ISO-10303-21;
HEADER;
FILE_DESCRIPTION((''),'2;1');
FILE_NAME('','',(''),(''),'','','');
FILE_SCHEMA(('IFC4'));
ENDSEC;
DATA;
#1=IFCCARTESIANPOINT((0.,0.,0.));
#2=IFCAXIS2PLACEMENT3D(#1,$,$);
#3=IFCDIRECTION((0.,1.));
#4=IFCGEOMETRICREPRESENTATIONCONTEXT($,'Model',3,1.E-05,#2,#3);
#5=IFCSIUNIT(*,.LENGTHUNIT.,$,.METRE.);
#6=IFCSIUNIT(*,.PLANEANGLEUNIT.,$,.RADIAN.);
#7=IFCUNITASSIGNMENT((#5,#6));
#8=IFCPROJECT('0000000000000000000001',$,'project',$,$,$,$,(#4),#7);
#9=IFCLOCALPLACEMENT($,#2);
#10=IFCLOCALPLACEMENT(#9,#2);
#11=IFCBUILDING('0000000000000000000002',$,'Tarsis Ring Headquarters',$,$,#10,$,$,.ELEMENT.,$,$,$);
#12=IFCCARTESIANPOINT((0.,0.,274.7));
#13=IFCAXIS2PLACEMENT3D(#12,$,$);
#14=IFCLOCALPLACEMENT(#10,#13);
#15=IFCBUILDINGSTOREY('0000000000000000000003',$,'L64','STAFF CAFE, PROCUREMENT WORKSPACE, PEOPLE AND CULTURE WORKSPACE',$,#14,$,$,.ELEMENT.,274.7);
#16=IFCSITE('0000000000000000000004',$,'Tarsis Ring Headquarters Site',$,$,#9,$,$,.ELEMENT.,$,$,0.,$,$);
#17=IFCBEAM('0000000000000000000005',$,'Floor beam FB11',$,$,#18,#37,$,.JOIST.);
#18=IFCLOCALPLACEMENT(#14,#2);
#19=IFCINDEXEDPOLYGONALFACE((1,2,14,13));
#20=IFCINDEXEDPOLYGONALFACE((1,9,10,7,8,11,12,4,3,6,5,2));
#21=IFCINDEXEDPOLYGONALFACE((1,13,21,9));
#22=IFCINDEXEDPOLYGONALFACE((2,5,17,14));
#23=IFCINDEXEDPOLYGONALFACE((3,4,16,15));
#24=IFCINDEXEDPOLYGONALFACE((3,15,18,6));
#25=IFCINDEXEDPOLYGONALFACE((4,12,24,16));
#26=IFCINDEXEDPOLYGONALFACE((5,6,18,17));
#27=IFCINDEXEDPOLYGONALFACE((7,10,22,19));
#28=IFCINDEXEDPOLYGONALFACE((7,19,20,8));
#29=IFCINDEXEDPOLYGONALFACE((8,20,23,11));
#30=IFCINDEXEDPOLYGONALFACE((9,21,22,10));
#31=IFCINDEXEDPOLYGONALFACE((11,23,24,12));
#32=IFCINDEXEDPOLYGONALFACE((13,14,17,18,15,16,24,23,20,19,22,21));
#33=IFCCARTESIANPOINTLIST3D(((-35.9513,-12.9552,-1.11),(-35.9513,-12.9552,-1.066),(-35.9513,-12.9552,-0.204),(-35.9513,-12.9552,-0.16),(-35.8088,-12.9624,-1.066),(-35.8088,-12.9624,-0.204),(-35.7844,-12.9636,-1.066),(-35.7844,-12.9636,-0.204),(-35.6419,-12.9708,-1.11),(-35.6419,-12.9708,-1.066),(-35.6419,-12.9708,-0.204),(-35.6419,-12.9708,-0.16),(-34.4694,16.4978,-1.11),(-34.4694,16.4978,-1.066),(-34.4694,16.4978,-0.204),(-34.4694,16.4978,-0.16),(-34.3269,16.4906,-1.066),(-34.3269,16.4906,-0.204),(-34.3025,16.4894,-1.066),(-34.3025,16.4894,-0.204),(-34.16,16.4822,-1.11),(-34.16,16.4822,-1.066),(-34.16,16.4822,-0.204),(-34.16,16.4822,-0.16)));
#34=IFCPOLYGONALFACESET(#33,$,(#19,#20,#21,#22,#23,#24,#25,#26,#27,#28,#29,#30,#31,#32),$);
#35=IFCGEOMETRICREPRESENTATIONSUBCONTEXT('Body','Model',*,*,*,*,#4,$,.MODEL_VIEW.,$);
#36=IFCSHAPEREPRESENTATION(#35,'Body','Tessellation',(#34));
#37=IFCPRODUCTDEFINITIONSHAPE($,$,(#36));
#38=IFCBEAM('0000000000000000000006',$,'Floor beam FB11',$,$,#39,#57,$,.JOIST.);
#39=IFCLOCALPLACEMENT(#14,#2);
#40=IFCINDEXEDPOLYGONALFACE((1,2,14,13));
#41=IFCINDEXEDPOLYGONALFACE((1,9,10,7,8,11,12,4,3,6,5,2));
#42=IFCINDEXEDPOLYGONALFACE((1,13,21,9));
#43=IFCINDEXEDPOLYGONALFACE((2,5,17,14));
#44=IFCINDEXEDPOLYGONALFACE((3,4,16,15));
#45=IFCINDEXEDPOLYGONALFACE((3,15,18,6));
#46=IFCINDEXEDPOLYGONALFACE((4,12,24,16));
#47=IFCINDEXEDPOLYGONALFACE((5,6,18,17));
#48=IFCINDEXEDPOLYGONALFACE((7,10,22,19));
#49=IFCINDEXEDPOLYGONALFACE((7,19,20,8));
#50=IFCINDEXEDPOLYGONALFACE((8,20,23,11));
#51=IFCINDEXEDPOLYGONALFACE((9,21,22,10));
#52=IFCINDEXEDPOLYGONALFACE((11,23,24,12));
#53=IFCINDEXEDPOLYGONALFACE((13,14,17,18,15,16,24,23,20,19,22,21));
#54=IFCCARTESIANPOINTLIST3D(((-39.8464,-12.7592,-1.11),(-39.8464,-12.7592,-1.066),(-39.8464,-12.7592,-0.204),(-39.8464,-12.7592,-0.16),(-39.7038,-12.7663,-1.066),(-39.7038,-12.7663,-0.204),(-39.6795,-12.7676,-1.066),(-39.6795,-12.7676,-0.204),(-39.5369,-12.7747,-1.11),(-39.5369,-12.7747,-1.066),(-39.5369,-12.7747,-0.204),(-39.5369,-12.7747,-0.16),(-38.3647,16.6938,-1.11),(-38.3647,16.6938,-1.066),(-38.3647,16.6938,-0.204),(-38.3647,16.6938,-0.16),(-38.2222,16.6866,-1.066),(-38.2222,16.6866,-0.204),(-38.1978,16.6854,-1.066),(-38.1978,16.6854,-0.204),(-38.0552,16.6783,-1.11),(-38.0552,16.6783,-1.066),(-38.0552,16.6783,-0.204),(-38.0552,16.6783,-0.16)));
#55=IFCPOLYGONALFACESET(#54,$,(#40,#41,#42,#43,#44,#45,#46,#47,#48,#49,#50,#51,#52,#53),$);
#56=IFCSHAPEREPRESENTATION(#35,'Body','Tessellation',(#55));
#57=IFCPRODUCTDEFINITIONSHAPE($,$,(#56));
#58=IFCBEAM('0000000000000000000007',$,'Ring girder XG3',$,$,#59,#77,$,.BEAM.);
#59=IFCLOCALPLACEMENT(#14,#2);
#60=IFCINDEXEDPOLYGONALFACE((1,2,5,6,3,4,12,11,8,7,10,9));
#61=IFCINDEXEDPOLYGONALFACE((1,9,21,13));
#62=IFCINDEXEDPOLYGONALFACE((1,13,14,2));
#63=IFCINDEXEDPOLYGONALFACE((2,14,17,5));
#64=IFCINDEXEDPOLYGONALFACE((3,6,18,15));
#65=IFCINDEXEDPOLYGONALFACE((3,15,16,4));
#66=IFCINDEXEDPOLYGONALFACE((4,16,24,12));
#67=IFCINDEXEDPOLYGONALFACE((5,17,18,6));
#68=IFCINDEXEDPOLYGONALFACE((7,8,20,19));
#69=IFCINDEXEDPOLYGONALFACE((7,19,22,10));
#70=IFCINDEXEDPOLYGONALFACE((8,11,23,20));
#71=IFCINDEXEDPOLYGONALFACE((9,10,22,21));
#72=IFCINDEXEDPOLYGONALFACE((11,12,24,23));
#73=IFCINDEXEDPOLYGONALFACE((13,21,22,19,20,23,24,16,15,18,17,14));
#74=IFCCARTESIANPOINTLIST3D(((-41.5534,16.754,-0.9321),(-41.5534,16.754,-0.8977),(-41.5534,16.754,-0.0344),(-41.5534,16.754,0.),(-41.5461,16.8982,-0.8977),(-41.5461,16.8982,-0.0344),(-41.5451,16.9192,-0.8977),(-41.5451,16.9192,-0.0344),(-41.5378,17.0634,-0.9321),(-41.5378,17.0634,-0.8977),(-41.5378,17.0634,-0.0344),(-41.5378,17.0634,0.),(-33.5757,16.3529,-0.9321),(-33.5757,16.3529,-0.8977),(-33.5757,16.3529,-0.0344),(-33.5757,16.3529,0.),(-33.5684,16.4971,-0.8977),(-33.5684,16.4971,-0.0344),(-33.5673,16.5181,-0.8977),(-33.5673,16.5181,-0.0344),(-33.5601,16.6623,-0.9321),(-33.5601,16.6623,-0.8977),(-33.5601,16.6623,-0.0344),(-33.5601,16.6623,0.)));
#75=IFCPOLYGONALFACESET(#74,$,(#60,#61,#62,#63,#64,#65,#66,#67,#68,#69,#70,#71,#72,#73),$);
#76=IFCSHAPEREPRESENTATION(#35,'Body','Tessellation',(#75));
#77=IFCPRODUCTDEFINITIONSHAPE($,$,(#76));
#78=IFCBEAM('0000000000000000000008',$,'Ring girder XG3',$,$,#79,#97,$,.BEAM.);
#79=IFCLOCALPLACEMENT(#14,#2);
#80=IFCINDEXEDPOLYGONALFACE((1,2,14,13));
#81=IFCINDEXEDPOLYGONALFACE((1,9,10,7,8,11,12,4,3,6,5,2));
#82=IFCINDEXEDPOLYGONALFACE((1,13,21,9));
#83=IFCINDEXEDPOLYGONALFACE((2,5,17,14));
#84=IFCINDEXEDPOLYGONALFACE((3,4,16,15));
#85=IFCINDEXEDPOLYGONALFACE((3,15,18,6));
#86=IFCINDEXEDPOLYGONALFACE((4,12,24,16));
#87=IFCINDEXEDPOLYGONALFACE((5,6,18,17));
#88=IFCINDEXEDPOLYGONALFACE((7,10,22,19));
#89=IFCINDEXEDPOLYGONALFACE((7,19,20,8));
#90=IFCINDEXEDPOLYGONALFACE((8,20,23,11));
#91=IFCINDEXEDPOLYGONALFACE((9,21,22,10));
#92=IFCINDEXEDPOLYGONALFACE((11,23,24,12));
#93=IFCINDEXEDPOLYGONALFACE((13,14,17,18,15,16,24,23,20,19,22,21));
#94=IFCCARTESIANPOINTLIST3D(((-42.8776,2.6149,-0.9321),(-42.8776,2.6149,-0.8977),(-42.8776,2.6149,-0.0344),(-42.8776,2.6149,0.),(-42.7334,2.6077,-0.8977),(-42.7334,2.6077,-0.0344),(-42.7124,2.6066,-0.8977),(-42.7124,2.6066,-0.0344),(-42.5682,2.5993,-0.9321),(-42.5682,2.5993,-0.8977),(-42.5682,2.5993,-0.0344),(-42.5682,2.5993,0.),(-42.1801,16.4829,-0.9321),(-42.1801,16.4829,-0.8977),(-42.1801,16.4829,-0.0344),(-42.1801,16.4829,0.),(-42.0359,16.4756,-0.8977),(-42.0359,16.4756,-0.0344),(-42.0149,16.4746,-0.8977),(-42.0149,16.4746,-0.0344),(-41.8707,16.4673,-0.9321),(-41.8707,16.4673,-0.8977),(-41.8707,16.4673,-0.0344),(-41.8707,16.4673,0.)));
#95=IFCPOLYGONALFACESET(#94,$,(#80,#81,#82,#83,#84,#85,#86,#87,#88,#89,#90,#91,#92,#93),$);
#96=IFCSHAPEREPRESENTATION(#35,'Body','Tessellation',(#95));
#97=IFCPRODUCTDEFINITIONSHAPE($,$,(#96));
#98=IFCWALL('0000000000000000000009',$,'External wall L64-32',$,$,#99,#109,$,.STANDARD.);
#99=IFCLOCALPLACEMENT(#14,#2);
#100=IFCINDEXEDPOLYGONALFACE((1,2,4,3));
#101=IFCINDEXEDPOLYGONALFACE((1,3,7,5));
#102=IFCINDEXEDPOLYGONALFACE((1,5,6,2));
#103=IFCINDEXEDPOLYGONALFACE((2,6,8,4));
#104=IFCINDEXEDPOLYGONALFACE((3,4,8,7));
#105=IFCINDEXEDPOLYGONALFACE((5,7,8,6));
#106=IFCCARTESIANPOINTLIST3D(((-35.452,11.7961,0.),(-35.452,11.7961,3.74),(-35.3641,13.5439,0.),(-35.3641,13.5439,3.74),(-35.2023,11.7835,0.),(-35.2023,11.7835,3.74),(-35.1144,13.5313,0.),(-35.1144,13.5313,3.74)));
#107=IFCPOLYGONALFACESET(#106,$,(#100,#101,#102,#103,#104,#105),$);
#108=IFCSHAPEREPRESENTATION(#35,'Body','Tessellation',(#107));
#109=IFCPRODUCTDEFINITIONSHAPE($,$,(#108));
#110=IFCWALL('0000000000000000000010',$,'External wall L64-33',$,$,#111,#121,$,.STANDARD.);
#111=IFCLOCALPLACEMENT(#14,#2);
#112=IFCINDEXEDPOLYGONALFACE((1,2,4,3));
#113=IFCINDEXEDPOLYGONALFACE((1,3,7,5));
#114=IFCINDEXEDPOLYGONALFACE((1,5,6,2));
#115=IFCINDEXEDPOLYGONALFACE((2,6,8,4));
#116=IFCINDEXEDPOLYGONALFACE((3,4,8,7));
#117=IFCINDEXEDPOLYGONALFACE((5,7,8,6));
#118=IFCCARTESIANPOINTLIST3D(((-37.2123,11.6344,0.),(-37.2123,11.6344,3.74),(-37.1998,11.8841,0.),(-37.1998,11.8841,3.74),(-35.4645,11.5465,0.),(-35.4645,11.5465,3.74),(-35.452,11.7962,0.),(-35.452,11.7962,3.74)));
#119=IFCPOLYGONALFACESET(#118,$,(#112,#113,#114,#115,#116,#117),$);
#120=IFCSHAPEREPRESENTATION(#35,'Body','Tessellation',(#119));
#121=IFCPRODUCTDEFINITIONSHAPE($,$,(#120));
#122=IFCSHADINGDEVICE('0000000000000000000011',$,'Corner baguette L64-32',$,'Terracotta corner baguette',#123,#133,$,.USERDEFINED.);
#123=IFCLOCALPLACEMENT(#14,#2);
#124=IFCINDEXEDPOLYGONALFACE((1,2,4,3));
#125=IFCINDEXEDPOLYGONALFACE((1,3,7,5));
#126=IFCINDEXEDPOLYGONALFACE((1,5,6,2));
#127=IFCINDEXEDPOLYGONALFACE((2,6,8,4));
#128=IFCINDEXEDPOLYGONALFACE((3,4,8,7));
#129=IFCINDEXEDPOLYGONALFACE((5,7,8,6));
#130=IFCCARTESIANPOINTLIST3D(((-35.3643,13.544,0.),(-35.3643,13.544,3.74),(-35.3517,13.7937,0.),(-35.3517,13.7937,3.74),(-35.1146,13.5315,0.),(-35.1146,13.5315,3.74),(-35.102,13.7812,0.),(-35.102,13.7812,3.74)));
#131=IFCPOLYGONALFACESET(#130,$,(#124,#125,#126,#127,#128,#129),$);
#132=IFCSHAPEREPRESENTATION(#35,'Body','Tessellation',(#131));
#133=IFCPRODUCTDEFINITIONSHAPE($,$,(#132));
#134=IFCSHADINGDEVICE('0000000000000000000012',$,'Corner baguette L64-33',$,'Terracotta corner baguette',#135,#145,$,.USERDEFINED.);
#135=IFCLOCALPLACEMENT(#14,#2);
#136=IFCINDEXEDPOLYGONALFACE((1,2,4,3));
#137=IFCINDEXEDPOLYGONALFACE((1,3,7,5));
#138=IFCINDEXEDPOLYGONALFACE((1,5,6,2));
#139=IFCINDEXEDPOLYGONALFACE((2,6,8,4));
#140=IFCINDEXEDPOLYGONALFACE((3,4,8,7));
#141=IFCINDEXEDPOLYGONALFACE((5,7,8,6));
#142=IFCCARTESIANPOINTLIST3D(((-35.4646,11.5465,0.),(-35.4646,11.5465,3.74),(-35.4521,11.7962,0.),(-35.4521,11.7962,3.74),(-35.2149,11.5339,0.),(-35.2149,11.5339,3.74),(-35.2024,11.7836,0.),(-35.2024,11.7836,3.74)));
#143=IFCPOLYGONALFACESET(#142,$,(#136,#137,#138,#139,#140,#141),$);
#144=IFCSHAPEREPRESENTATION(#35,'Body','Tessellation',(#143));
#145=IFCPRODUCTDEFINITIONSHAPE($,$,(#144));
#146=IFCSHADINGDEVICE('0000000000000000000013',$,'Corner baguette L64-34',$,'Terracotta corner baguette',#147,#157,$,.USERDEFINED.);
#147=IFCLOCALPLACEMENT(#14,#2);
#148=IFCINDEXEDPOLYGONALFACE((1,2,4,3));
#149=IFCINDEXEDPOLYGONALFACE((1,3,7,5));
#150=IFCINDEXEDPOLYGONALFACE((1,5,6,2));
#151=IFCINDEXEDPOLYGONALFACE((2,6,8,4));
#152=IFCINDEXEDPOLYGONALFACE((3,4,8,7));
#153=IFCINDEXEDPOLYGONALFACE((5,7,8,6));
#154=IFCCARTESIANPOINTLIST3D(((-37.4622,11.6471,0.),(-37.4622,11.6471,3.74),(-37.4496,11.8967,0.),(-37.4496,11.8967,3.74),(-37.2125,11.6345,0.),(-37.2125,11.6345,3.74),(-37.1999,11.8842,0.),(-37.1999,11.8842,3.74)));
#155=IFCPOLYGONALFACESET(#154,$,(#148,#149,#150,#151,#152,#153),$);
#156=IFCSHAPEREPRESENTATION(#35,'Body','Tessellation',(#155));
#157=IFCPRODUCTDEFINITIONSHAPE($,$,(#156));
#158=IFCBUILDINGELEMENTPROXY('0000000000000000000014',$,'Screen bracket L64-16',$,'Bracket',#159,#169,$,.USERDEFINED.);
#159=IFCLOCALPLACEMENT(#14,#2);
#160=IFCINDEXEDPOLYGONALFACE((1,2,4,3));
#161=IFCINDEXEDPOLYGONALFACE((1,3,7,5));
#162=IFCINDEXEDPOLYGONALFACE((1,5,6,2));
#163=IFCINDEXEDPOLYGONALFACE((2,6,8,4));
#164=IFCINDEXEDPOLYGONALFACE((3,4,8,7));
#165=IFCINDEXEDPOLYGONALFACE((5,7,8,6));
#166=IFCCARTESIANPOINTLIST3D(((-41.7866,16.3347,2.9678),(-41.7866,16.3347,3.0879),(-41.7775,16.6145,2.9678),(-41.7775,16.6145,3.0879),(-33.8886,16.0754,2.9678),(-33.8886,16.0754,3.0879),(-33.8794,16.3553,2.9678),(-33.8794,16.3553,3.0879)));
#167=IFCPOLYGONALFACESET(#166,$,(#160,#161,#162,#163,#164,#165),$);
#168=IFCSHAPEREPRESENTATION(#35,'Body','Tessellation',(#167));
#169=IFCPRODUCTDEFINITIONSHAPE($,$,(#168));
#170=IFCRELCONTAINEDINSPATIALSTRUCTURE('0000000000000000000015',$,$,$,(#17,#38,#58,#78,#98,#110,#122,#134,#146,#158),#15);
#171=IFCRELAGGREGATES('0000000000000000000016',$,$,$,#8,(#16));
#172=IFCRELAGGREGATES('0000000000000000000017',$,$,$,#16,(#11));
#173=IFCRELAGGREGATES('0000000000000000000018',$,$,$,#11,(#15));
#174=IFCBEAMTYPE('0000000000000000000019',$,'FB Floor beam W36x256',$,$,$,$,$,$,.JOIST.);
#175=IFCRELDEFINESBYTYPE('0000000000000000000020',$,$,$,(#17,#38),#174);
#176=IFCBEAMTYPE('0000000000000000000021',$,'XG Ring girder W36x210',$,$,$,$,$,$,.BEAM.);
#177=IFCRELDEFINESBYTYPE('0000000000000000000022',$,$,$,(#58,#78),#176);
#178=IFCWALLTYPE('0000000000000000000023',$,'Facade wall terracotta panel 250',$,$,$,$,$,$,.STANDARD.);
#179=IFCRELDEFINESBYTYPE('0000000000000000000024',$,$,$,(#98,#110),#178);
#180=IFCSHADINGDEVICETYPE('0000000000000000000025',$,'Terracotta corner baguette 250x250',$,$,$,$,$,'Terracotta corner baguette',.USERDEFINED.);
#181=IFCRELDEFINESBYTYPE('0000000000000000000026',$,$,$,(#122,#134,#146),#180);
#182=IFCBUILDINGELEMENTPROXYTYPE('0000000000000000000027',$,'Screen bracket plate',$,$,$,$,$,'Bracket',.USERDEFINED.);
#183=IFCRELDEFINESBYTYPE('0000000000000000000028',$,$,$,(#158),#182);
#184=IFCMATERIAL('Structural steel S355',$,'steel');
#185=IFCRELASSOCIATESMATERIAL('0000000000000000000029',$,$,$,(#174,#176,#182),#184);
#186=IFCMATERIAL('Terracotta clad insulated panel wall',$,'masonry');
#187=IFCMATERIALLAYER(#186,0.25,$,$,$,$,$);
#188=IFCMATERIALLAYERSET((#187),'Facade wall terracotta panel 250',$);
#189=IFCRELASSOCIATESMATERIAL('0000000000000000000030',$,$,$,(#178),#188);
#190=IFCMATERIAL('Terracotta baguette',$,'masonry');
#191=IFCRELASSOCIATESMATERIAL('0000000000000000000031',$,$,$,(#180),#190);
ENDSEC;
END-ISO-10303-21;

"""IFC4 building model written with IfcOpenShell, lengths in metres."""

from ifc_helpers import new_model, si_unit, direction, frame, frame_2d, origin, origin_2d, place, context, subcontext, project, spatial, rectangle, i_section, extrude, material, layer, layer_set, material_profile, profile_set, type_object, element, save


model = new_model("IFC4")

# Units and contexts
model_context = context("Model", 3, precision=1e-05, world=origin(), true_north=direction((0.0, 1.0)))
body_context = subcontext(model_context, "Body", "Model", "MODEL_VIEW")
ifc_project = project(units=[si_unit("LENGTHUNIT", "METRE"), si_unit("PLANEANGLEUNIT", "RADIAN")], contexts=[model_context])

# Site, building, storey
site_placement = place(None, origin())
site = spatial("IfcSite", under=ifc_project, at=site_placement, Name="Tarsis Ring Headquarters Site", CompositionType="ELEMENT", RefElevation=0.0)
building_placement = place(site_placement, origin())
building = spatial("IfcBuilding", under=site, at=building_placement, Name="Tarsis Ring Headquarters", CompositionType="ELEMENT")
storey_placement = place(building_placement, frame((0.0, 0.0, 274.7)))
storey = spatial("IfcBuildingStorey", under=building, at=storey_placement, Name="L64", Description="STAFF CAFE, PROCUREMENT WORKSPACE, PEOPLE AND CULTURE WORKSPACE", CompositionType="ELEMENT", Elevation=274.7)

# Shared definitions
ifc_material_1 = material(Name="Structural steel S355", Category="steel")

# Beams
ifc_material_profile_1 = material_profile(ifc_material_1, i_section(OverallWidth=0.3098, OverallDepth=0.95, WebThickness=0.0244, FlangeThickness=0.0439, at=origin_2d()), Name="W36x256")
ifc_profile_set_1 = profile_set([ifc_material_profile_1], Name="Structural steel S355")
beam_type_1 = type_object("IfcBeamType", Name="FB Floor beam W36x256", PredefinedType="JOIST", material=ifc_profile_set_1)
for number, where, z_axis, x_axis, name in (
    (1, (-34.3147, 16.49, -0.635), (-0.050252, -0.998737, 0.0), (0.998737, -0.050252, 0.0), "Floor beam FB11"),
    (2, (-38.21, 16.686, -0.635), (-0.050244, -0.998737, 0.0), (0.998737, -0.050244, 0.0), "Floor beam FB11"),
):
    element("IfcBeam", number, at=place(storey_placement, frame(where, z_axis=z_axis, x_axis=x_axis)), inside=storey, type_object=beam_type_1, Name=name, PredefinedType="JOIST", context=body_context, shape_type="SweptSolid", body=[
        extrude(i_section(OverallWidth=0.3098, OverallDepth=0.95, WebThickness=0.0244, FlangeThickness=0.0439, at=origin_2d()), origin(), (0.0, 0.0, 1.0), 29.4902),
    ])
ifc_material_profile_2 = material_profile(ifc_material_1, i_section(OverallWidth=0.3098, OverallDepth=0.9321, WebThickness=0.021, FlangeThickness=0.0344, at=origin_2d()), Name="W36x210")
ifc_profile_set_2 = profile_set([ifc_material_profile_2], Name="Structural steel S355")
beam_type_2 = type_object("IfcBeamType", Name="XG Ring girder W36x210", PredefinedType="BEAM", material=ifc_profile_set_2)
beam_1_placement = place(storey_placement, frame((-33.5679, 16.5076, -0.4661), z_axis=(-0.998738, 0.050217, 0.0), x_axis=(-0.050217, -0.998738, 0.0)))
element("IfcBeam", 3, at=beam_1_placement, inside=storey, type_object=beam_type_2, Name="Ring girder XG3", PredefinedType="BEAM", context=body_context, shape_type="SweptSolid", body=[
    extrude(i_section(OverallWidth=0.3098, OverallDepth=0.9321, WebThickness=0.021, FlangeThickness=0.0344, at=origin_2d()), origin(), (0.0, 0.0, 1.0), 7.9878),
])
beam_2_placement = place(storey_placement, frame((-42.0254, 16.4751, -0.4661), z_axis=(-0.050233, -0.998738, 0.0), x_axis=(0.998738, -0.050233, 0.0)))
element("IfcBeam", 4, at=beam_2_placement, inside=storey, type_object=beam_type_2, Name="Ring girder XG3", PredefinedType="BEAM", context=body_context, shape_type="SweptSolid", body=[
    extrude(i_section(OverallWidth=0.3098, OverallDepth=0.9321, WebThickness=0.021, FlangeThickness=0.0344, at=origin_2d()), origin(), (0.0, 0.0, 1.0), 13.8855),
])

# Walls
ifc_material_2 = material(Name="Terracotta clad insulated panel wall", Category="masonry")
ifc_layer = layer(ifc_material_2, 0.25)
ifc_layer_set = layer_set([ifc_layer], Name="Facade wall terracotta panel 250")
wall_type = type_object("IfcWallType", Name="Facade wall terracotta panel 250", PredefinedType="STANDARD", material=ifc_layer_set)
for number, where, z_axis, x_axis, name in (
    (5, (-35.2393, 13.5376, 0.0), (0.0, 0.0, 1.0), (-0.050223, -0.998738, 0.0), "External wall L64-32"),
    (6, (-35.4583, 11.6714, 0.0), (0.0, 0.0, 1.0), (-0.998738, 0.050223, 0.0), "External wall L64-33"),
):
    element("IfcWall", number, at=place(storey_placement, frame(where, z_axis=z_axis, x_axis=x_axis)), inside=storey, type_object=wall_type, Name=name, PredefinedType="STANDARD", context=body_context, shape_type="SweptSolid", body=[
        extrude(rectangle(XDim=1.75, YDim=0.25, at=frame_2d((0.875, 0.0))), origin(), (0.0, 0.0, 1.0), 3.74),
    ])

# Shading devices
ifc_material_3 = material(Name="Terracotta baguette", Category="masonry")
shading_device_type_1 = type_object("IfcShadingDeviceType", Name="Terracotta corner baguette 250x250", ElementType="Terracotta corner baguette", PredefinedType="USERDEFINED", material=ifc_material_3)
for number, where, z_axis, x_axis, name in (
    (7, (-35.2332, 13.6626, 0.0), (0.0, 0.0, 1.0), (-0.998737, 0.050244, 0.0), "Corner baguette L64-32"),
    (8, (-35.3335, 11.665, 0.0), (0.0, 0.0, 1.0), (-0.050244, -0.998737, 0.0), "Corner baguette L64-33"),
    (9, (-37.3311, 11.7656, 0.0), (0.0, 0.0, 1.0), (-0.998737, 0.050244, 0.0), "Corner baguette L64-34"),
):
    element("IfcShadingDevice", number, at=place(storey_placement, frame(where, z_axis=z_axis, x_axis=x_axis)), inside=storey, type_object=shading_device_type_1, Name=name, ObjectType="Terracotta corner baguette", PredefinedType="USERDEFINED", context=body_context, shape_type="SweptSolid", body=[
        extrude(rectangle(XDim=0.25, YDim=0.25, at=origin_2d()), origin(), (0.0, 0.0, 1.0), 3.74),
    ])

# Building element proxy
building_element_proxy_type = type_object("IfcBuildingElementProxyType", Name="Screen bracket plate", ElementType="Bracket", PredefinedType="USERDEFINED", material=ifc_material_1)
proxy_placement = place(storey_placement, frame((-37.833, 16.345, 2.9678), z_axis=(0.0, 0.0, 1.0), x_axis=(-0.999462, 0.032806, 0.0)))
element("IfcBuildingElementProxy", 10, at=proxy_placement, inside=storey, type_object=building_element_proxy_type, Name="Screen bracket L64-16", ObjectType="Bracket", PredefinedType="USERDEFINED", context=body_context, shape_type="SweptSolid", body=[
    extrude(rectangle(XDim=7.9023, YDim=0.28, at=origin_2d()), origin(), (0.0, 0.0, 1.0), 0.1201),
])

save(model, "model.ifc")
